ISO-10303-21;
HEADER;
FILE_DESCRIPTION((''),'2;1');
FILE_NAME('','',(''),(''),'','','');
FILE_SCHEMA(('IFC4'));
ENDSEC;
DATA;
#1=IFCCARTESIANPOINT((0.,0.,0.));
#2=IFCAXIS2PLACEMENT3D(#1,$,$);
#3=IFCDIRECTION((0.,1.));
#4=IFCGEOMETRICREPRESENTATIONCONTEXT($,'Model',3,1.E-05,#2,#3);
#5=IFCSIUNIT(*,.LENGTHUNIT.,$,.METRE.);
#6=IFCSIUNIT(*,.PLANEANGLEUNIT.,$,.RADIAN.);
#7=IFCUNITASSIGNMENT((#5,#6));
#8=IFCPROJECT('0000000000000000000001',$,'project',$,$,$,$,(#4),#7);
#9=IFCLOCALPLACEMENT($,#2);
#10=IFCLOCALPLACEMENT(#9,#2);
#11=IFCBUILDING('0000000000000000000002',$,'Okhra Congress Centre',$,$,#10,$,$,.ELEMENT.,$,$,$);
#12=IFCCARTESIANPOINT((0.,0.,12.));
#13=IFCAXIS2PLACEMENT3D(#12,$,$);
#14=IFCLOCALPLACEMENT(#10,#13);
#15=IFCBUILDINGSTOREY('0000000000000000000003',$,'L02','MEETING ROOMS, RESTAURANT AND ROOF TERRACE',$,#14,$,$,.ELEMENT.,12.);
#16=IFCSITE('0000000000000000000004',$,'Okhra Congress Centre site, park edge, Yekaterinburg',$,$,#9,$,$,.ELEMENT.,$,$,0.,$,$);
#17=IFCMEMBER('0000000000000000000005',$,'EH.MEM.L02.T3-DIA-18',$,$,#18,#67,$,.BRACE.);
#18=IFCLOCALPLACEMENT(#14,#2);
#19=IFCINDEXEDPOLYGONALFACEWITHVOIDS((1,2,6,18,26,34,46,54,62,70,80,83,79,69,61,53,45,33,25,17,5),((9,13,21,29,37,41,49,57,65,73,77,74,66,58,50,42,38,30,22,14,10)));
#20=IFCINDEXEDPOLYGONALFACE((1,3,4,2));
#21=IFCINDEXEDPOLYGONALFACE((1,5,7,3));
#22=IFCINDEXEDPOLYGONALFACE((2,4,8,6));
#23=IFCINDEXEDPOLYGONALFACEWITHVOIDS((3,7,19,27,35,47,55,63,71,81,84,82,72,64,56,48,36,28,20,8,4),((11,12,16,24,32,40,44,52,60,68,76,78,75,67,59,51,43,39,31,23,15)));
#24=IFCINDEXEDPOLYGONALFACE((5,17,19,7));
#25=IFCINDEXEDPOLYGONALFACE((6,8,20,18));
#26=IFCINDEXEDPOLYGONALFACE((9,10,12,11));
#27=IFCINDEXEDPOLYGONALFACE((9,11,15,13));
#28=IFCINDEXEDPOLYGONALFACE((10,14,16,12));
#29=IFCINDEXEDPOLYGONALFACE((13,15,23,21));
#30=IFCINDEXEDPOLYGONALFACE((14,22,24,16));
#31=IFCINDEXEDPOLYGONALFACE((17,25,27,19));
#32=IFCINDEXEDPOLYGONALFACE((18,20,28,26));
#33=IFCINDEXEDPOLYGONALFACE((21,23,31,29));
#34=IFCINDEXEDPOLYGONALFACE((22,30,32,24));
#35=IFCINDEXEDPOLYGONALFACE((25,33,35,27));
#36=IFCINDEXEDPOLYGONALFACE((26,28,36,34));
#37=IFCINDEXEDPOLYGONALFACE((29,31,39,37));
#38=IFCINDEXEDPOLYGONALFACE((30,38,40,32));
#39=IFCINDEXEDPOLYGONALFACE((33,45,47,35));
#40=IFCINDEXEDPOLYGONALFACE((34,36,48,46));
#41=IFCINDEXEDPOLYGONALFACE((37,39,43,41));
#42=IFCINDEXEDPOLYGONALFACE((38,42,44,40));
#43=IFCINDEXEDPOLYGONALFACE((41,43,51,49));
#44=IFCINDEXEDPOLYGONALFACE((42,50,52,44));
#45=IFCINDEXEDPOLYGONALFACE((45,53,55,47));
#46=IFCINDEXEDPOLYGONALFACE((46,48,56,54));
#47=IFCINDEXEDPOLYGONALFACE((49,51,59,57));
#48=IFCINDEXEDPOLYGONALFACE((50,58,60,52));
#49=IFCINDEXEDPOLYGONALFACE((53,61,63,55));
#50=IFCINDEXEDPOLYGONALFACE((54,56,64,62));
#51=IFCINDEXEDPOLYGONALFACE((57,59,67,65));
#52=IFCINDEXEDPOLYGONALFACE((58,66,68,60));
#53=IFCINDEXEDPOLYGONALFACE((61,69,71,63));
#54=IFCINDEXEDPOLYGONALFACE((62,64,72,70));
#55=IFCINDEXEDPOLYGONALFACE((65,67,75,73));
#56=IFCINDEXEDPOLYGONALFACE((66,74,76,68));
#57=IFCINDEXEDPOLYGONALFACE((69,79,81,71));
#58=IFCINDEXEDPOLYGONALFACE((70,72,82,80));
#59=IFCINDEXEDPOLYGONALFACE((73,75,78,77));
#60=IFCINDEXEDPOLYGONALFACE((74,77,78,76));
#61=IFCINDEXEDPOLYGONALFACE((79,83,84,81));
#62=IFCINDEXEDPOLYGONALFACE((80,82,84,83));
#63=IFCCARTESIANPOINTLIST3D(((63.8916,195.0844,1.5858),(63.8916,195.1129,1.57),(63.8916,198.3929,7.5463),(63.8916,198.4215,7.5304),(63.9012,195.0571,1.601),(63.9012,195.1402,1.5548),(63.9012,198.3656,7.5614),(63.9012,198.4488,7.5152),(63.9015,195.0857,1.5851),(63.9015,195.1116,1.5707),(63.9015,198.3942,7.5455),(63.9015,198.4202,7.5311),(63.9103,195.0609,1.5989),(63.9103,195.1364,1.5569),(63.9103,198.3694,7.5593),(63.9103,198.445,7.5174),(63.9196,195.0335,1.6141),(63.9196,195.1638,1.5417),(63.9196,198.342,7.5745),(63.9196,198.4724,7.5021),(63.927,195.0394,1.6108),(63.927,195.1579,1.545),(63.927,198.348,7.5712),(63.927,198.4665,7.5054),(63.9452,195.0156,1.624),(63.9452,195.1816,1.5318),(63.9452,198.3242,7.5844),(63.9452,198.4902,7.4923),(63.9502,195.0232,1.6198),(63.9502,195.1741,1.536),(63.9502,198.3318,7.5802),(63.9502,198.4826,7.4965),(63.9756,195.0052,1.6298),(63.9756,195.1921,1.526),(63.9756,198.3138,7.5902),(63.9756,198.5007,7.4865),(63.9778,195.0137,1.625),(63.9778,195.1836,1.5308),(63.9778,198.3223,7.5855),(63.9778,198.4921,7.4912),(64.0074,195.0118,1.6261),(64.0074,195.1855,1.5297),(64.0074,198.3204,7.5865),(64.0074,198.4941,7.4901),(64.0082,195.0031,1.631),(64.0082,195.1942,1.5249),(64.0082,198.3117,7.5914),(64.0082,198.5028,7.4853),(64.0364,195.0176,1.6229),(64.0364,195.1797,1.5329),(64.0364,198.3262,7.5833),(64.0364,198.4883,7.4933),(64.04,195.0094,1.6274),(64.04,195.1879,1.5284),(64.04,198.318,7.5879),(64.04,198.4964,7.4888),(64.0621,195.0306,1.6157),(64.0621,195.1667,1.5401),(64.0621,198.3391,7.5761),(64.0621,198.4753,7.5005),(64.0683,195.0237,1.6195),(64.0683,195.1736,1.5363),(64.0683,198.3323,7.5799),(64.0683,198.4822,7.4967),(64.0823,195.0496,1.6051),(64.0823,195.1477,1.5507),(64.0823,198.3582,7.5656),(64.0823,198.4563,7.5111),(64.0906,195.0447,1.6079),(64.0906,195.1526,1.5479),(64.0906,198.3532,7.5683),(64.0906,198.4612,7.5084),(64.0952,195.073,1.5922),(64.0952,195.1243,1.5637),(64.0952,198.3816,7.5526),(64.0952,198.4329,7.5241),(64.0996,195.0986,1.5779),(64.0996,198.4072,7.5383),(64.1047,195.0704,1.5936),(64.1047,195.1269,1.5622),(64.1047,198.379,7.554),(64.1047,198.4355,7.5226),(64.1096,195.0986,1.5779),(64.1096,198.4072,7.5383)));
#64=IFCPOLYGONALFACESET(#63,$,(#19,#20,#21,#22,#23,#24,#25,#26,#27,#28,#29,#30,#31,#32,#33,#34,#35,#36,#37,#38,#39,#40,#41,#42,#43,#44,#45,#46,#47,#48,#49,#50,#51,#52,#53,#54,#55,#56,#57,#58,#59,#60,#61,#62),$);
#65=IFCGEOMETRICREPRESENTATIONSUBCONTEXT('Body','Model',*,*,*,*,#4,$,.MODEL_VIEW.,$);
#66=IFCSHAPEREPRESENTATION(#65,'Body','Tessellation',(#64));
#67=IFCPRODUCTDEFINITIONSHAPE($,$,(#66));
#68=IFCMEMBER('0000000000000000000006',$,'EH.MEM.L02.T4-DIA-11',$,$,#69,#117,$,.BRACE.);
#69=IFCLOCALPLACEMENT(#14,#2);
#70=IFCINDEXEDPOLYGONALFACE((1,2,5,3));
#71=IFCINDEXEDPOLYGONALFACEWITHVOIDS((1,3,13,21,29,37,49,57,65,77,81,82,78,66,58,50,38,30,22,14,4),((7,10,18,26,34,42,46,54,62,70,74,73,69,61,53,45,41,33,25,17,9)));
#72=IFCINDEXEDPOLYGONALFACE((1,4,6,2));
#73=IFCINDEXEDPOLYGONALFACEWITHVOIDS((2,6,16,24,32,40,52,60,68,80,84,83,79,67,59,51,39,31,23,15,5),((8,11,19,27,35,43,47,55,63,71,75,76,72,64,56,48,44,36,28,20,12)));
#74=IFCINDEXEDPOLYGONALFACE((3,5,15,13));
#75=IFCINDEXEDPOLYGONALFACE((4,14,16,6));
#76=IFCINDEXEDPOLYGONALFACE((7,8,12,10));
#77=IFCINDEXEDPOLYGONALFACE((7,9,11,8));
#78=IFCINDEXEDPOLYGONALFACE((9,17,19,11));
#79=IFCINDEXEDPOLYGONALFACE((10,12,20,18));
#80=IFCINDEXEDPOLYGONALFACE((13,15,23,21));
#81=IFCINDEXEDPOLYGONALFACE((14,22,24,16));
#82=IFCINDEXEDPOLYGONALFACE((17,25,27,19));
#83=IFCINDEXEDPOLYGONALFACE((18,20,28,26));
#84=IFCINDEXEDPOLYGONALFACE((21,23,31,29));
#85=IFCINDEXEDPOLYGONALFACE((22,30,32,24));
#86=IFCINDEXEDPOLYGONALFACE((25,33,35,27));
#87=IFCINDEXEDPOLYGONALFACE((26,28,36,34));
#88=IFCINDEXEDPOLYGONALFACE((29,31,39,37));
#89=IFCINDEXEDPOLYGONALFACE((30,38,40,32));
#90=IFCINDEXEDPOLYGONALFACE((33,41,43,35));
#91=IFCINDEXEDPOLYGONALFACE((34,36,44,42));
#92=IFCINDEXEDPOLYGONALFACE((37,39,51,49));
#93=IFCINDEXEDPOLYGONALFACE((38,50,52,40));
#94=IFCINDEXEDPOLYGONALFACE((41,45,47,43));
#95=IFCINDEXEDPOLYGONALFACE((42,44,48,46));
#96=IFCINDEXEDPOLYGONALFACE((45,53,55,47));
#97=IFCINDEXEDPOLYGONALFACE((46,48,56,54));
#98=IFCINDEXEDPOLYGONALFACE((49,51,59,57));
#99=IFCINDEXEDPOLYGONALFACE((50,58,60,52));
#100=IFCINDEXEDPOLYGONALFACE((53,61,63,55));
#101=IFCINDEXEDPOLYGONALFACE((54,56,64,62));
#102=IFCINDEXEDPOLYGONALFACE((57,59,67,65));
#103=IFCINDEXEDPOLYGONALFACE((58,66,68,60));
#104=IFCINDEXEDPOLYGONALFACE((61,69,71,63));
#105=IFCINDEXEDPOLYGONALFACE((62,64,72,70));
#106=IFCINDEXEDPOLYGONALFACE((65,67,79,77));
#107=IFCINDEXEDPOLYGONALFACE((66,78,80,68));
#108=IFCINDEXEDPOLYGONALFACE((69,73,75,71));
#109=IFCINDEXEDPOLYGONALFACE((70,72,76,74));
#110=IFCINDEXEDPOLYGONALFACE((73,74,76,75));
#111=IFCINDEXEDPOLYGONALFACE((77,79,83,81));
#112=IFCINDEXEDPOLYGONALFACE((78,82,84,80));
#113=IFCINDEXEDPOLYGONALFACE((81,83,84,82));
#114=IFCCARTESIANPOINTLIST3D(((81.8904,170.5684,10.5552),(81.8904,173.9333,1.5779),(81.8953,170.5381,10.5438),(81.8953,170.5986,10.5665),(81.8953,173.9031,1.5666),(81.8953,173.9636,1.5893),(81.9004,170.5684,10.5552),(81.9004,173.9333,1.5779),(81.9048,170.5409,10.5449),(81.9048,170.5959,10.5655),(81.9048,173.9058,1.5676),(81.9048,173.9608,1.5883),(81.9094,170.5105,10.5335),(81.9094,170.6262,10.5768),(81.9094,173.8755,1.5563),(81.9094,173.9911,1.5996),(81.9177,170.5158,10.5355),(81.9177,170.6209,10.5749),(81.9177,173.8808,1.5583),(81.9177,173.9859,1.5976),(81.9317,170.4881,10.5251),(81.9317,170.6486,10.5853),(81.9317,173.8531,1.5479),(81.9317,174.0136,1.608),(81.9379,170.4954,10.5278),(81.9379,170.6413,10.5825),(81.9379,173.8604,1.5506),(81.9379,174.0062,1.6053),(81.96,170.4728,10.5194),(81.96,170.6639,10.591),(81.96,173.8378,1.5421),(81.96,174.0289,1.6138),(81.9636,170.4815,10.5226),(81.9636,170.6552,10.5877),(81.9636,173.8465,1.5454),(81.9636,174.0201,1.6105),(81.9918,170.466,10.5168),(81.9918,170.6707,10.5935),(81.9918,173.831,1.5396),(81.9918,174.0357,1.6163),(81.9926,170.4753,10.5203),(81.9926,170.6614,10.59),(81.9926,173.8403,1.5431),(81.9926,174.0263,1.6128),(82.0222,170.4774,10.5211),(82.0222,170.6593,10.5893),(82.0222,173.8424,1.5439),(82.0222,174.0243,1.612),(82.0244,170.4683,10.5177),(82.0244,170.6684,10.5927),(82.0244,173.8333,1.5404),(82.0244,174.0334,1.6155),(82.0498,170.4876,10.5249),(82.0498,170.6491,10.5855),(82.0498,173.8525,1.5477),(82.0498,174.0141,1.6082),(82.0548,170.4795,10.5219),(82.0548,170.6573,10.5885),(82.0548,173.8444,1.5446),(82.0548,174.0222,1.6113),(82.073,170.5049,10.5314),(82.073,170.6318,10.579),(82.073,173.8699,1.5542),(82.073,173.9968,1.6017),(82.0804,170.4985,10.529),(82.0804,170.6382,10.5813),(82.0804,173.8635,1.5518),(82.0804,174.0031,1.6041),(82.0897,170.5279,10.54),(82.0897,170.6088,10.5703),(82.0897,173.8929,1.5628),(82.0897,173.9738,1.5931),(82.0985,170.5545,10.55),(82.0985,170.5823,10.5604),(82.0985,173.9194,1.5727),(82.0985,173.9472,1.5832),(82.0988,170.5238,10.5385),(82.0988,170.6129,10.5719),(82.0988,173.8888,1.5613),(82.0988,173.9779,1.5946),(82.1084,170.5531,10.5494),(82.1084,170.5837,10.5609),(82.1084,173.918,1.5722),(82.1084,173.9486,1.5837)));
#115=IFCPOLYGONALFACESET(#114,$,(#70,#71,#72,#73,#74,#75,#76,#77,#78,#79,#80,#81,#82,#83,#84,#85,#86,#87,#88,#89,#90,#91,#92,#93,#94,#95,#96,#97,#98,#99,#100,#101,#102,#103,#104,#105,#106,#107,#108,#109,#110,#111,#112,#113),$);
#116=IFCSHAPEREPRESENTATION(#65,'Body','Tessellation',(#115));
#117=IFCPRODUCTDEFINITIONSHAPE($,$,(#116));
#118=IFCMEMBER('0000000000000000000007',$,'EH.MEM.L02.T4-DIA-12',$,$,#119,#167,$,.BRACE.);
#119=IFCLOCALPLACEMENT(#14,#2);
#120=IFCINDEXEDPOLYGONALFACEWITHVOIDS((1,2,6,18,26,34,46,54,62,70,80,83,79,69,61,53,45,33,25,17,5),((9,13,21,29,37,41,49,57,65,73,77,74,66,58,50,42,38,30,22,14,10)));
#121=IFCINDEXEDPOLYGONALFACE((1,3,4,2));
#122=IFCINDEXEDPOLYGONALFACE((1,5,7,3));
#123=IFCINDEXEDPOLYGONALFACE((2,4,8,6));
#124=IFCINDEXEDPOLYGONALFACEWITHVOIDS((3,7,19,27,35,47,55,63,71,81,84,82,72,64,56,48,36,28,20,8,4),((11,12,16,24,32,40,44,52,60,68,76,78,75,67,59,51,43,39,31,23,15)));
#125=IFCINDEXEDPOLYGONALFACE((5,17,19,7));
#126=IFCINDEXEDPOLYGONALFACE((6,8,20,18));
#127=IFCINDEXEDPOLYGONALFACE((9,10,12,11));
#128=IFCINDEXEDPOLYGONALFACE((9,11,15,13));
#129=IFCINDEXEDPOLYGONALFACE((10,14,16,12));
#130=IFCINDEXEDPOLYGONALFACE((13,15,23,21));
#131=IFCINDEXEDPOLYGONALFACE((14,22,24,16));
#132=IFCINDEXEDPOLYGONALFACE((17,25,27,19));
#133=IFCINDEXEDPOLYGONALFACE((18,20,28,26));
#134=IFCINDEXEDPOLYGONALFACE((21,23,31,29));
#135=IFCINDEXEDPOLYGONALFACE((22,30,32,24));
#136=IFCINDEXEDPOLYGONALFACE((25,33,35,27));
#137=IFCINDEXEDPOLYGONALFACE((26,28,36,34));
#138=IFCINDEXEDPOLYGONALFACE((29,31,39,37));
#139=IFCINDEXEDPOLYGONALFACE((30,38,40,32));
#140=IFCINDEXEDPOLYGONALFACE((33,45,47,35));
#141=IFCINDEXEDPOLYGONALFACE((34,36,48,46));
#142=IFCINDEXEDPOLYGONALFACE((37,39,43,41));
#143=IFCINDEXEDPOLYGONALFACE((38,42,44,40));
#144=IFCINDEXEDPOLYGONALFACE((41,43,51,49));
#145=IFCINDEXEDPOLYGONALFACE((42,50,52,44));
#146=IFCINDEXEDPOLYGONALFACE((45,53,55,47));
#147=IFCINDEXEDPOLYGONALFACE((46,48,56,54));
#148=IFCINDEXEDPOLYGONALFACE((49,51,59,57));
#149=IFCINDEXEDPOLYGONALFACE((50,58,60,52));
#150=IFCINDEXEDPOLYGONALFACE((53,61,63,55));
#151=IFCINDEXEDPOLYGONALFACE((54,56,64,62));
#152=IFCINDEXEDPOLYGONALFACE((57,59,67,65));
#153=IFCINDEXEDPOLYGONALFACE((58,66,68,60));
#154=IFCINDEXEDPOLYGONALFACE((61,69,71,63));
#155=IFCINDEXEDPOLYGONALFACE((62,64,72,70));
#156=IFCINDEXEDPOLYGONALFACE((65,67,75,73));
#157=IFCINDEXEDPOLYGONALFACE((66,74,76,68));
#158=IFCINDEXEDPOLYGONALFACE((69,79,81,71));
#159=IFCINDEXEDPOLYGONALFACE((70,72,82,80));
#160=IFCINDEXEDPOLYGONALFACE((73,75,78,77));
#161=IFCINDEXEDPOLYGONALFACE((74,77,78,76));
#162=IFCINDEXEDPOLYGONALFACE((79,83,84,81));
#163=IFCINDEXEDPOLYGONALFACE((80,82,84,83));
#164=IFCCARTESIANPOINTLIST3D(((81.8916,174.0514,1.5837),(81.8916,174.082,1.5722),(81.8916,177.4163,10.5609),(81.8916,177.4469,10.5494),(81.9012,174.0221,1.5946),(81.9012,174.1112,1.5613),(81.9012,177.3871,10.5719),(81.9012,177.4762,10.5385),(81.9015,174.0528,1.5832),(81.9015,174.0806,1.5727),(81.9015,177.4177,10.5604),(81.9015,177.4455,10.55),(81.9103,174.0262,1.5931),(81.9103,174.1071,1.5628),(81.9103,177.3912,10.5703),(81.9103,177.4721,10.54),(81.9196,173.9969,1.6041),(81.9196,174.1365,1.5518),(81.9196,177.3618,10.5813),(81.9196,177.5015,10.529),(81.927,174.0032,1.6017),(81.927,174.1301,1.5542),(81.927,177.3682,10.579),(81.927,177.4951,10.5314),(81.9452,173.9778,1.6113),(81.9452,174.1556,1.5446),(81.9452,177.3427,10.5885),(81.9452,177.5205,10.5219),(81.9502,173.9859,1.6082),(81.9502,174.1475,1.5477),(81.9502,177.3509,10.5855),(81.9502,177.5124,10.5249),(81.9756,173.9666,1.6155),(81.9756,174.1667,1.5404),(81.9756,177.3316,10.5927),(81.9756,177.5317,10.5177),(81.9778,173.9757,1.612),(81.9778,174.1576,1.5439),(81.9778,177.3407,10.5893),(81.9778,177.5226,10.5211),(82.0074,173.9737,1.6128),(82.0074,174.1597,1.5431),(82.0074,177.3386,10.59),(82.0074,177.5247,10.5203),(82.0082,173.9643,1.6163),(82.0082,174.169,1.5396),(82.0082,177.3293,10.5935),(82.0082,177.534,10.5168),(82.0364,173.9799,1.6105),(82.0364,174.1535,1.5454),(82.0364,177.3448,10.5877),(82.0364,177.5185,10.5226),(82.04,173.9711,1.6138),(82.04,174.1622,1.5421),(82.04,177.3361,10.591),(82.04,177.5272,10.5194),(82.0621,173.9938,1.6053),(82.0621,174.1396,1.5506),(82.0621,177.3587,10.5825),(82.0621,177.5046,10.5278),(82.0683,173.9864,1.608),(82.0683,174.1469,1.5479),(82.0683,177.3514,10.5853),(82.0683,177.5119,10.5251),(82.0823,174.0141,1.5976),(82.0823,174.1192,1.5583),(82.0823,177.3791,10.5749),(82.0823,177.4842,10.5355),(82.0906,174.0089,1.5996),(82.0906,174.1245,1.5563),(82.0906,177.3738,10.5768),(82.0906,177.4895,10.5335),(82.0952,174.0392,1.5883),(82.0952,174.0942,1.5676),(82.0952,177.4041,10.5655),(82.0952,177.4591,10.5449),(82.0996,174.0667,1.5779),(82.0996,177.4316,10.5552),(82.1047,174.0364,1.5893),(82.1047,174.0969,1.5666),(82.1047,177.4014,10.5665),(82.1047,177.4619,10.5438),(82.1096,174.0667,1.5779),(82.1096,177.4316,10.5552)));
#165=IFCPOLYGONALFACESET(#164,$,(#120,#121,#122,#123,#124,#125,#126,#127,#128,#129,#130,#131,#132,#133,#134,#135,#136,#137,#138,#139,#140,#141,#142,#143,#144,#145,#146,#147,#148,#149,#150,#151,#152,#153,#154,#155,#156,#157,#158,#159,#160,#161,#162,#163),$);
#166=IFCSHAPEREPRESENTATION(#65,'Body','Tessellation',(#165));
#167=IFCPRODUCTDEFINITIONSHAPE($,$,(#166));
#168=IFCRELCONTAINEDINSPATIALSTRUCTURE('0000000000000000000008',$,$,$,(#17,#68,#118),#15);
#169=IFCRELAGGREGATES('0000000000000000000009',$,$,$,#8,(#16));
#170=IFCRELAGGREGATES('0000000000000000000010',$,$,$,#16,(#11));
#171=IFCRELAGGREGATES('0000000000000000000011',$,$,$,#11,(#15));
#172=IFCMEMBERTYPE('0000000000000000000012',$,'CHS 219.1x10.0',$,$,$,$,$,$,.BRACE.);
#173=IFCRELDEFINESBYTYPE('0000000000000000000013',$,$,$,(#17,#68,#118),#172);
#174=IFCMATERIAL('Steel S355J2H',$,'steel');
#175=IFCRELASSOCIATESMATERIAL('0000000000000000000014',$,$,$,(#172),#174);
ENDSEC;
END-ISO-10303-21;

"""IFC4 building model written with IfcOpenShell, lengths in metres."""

from ifc_helpers import new_model, si_unit, direction, frame, origin, origin_2d, place, context, subcontext, project, spatial, hollow_circle, extrude, material, material_profile, profile_set, type_object, element, save


model = new_model("IFC4")

# Units and contexts
model_context = context("Model", 3, precision=1e-05, world=origin(), true_north=direction((0.0, 1.0)))
body_context = subcontext(model_context, "Body", "Model", "MODEL_VIEW")
ifc_project = project(units=[si_unit("LENGTHUNIT", "METRE"), si_unit("PLANEANGLEUNIT", "RADIAN")], contexts=[model_context])

# Site, building, storey
site_placement = place(None, origin())
site = spatial("IfcSite", under=ifc_project, at=site_placement, Name="Okhra Congress Centre site, park edge, Yekaterinburg", CompositionType="ELEMENT", RefElevation=0.0)
building_placement = place(site_placement, origin())
building = spatial("IfcBuilding", under=site, at=building_placement, Name="Okhra Congress Centre", CompositionType="ELEMENT")
storey_placement = place(building_placement, frame((0.0, 0.0, 12.0)))
storey = spatial("IfcBuildingStorey", under=building, at=storey_placement, Name="L02", Description="MEETING ROOMS, RESTAURANT AND ROOF TERRACE", CompositionType="ELEMENT", Elevation=12.0)

# Members
ifc_material_1 = material(Name="Steel S355J2H", Category="steel")
ifc_material_profile_1 = material_profile(ifc_material_1, hollow_circle(Radius=0.1096, WallThickness=0.01, at=origin_2d()), Name="CHS 219.1x10.0")
ifc_profile_set_1 = profile_set([ifc_material_profile_1], Name="Steel S355J2H")
member_type_1 = type_object("IfcMemberType", Name="CHS 219.1x10.0", PredefinedType="BRACE", material=ifc_profile_set_1)
member_1_placement = place(storey_placement, frame((64.0, 198.4072, 7.5383), z_axis=(0.0, -0.485333, -0.87433), x_axis=(1.0, 0.0, 0.0)))
element("IfcMember", 1, at=member_1_placement, inside=storey, type_object=member_type_1, Name="EH.MEM.L02.T3-DIA-18", PredefinedType="BRACE", context=body_context, shape_type="SweptSolid", body=[
    extrude(hollow_circle(Radius=0.1096, WallThickness=0.01, at=origin_2d()), origin(), (0.0, 0.0, 1.0), 6.8171),
])
for number, where, z_axis, x_axis, name in (
    (2, (82.0, 170.5684, 10.5552), (0.0, 0.350987, -0.93638), (-1.0, 0.0, 0.0), "EH.MEM.L02.T4-DIA-11"),
    (3, (82.0, 177.4316, 10.5552), (0.0, -0.350987, -0.93638), (1.0, 0.0, 0.0), "EH.MEM.L02.T4-DIA-12"),
):
    element("IfcMember", number, at=place(storey_placement, frame(where, z_axis=z_axis, x_axis=x_axis)), inside=storey, type_object=member_type_1, Name=name, PredefinedType="BRACE", context=body_context, shape_type="SweptSolid", body=[
        extrude(hollow_circle(Radius=0.1096, WallThickness=0.01, at=origin_2d()), origin(), (0.0, 0.0, 1.0), 9.5872),
    ])

save(model, "model.ifc")
